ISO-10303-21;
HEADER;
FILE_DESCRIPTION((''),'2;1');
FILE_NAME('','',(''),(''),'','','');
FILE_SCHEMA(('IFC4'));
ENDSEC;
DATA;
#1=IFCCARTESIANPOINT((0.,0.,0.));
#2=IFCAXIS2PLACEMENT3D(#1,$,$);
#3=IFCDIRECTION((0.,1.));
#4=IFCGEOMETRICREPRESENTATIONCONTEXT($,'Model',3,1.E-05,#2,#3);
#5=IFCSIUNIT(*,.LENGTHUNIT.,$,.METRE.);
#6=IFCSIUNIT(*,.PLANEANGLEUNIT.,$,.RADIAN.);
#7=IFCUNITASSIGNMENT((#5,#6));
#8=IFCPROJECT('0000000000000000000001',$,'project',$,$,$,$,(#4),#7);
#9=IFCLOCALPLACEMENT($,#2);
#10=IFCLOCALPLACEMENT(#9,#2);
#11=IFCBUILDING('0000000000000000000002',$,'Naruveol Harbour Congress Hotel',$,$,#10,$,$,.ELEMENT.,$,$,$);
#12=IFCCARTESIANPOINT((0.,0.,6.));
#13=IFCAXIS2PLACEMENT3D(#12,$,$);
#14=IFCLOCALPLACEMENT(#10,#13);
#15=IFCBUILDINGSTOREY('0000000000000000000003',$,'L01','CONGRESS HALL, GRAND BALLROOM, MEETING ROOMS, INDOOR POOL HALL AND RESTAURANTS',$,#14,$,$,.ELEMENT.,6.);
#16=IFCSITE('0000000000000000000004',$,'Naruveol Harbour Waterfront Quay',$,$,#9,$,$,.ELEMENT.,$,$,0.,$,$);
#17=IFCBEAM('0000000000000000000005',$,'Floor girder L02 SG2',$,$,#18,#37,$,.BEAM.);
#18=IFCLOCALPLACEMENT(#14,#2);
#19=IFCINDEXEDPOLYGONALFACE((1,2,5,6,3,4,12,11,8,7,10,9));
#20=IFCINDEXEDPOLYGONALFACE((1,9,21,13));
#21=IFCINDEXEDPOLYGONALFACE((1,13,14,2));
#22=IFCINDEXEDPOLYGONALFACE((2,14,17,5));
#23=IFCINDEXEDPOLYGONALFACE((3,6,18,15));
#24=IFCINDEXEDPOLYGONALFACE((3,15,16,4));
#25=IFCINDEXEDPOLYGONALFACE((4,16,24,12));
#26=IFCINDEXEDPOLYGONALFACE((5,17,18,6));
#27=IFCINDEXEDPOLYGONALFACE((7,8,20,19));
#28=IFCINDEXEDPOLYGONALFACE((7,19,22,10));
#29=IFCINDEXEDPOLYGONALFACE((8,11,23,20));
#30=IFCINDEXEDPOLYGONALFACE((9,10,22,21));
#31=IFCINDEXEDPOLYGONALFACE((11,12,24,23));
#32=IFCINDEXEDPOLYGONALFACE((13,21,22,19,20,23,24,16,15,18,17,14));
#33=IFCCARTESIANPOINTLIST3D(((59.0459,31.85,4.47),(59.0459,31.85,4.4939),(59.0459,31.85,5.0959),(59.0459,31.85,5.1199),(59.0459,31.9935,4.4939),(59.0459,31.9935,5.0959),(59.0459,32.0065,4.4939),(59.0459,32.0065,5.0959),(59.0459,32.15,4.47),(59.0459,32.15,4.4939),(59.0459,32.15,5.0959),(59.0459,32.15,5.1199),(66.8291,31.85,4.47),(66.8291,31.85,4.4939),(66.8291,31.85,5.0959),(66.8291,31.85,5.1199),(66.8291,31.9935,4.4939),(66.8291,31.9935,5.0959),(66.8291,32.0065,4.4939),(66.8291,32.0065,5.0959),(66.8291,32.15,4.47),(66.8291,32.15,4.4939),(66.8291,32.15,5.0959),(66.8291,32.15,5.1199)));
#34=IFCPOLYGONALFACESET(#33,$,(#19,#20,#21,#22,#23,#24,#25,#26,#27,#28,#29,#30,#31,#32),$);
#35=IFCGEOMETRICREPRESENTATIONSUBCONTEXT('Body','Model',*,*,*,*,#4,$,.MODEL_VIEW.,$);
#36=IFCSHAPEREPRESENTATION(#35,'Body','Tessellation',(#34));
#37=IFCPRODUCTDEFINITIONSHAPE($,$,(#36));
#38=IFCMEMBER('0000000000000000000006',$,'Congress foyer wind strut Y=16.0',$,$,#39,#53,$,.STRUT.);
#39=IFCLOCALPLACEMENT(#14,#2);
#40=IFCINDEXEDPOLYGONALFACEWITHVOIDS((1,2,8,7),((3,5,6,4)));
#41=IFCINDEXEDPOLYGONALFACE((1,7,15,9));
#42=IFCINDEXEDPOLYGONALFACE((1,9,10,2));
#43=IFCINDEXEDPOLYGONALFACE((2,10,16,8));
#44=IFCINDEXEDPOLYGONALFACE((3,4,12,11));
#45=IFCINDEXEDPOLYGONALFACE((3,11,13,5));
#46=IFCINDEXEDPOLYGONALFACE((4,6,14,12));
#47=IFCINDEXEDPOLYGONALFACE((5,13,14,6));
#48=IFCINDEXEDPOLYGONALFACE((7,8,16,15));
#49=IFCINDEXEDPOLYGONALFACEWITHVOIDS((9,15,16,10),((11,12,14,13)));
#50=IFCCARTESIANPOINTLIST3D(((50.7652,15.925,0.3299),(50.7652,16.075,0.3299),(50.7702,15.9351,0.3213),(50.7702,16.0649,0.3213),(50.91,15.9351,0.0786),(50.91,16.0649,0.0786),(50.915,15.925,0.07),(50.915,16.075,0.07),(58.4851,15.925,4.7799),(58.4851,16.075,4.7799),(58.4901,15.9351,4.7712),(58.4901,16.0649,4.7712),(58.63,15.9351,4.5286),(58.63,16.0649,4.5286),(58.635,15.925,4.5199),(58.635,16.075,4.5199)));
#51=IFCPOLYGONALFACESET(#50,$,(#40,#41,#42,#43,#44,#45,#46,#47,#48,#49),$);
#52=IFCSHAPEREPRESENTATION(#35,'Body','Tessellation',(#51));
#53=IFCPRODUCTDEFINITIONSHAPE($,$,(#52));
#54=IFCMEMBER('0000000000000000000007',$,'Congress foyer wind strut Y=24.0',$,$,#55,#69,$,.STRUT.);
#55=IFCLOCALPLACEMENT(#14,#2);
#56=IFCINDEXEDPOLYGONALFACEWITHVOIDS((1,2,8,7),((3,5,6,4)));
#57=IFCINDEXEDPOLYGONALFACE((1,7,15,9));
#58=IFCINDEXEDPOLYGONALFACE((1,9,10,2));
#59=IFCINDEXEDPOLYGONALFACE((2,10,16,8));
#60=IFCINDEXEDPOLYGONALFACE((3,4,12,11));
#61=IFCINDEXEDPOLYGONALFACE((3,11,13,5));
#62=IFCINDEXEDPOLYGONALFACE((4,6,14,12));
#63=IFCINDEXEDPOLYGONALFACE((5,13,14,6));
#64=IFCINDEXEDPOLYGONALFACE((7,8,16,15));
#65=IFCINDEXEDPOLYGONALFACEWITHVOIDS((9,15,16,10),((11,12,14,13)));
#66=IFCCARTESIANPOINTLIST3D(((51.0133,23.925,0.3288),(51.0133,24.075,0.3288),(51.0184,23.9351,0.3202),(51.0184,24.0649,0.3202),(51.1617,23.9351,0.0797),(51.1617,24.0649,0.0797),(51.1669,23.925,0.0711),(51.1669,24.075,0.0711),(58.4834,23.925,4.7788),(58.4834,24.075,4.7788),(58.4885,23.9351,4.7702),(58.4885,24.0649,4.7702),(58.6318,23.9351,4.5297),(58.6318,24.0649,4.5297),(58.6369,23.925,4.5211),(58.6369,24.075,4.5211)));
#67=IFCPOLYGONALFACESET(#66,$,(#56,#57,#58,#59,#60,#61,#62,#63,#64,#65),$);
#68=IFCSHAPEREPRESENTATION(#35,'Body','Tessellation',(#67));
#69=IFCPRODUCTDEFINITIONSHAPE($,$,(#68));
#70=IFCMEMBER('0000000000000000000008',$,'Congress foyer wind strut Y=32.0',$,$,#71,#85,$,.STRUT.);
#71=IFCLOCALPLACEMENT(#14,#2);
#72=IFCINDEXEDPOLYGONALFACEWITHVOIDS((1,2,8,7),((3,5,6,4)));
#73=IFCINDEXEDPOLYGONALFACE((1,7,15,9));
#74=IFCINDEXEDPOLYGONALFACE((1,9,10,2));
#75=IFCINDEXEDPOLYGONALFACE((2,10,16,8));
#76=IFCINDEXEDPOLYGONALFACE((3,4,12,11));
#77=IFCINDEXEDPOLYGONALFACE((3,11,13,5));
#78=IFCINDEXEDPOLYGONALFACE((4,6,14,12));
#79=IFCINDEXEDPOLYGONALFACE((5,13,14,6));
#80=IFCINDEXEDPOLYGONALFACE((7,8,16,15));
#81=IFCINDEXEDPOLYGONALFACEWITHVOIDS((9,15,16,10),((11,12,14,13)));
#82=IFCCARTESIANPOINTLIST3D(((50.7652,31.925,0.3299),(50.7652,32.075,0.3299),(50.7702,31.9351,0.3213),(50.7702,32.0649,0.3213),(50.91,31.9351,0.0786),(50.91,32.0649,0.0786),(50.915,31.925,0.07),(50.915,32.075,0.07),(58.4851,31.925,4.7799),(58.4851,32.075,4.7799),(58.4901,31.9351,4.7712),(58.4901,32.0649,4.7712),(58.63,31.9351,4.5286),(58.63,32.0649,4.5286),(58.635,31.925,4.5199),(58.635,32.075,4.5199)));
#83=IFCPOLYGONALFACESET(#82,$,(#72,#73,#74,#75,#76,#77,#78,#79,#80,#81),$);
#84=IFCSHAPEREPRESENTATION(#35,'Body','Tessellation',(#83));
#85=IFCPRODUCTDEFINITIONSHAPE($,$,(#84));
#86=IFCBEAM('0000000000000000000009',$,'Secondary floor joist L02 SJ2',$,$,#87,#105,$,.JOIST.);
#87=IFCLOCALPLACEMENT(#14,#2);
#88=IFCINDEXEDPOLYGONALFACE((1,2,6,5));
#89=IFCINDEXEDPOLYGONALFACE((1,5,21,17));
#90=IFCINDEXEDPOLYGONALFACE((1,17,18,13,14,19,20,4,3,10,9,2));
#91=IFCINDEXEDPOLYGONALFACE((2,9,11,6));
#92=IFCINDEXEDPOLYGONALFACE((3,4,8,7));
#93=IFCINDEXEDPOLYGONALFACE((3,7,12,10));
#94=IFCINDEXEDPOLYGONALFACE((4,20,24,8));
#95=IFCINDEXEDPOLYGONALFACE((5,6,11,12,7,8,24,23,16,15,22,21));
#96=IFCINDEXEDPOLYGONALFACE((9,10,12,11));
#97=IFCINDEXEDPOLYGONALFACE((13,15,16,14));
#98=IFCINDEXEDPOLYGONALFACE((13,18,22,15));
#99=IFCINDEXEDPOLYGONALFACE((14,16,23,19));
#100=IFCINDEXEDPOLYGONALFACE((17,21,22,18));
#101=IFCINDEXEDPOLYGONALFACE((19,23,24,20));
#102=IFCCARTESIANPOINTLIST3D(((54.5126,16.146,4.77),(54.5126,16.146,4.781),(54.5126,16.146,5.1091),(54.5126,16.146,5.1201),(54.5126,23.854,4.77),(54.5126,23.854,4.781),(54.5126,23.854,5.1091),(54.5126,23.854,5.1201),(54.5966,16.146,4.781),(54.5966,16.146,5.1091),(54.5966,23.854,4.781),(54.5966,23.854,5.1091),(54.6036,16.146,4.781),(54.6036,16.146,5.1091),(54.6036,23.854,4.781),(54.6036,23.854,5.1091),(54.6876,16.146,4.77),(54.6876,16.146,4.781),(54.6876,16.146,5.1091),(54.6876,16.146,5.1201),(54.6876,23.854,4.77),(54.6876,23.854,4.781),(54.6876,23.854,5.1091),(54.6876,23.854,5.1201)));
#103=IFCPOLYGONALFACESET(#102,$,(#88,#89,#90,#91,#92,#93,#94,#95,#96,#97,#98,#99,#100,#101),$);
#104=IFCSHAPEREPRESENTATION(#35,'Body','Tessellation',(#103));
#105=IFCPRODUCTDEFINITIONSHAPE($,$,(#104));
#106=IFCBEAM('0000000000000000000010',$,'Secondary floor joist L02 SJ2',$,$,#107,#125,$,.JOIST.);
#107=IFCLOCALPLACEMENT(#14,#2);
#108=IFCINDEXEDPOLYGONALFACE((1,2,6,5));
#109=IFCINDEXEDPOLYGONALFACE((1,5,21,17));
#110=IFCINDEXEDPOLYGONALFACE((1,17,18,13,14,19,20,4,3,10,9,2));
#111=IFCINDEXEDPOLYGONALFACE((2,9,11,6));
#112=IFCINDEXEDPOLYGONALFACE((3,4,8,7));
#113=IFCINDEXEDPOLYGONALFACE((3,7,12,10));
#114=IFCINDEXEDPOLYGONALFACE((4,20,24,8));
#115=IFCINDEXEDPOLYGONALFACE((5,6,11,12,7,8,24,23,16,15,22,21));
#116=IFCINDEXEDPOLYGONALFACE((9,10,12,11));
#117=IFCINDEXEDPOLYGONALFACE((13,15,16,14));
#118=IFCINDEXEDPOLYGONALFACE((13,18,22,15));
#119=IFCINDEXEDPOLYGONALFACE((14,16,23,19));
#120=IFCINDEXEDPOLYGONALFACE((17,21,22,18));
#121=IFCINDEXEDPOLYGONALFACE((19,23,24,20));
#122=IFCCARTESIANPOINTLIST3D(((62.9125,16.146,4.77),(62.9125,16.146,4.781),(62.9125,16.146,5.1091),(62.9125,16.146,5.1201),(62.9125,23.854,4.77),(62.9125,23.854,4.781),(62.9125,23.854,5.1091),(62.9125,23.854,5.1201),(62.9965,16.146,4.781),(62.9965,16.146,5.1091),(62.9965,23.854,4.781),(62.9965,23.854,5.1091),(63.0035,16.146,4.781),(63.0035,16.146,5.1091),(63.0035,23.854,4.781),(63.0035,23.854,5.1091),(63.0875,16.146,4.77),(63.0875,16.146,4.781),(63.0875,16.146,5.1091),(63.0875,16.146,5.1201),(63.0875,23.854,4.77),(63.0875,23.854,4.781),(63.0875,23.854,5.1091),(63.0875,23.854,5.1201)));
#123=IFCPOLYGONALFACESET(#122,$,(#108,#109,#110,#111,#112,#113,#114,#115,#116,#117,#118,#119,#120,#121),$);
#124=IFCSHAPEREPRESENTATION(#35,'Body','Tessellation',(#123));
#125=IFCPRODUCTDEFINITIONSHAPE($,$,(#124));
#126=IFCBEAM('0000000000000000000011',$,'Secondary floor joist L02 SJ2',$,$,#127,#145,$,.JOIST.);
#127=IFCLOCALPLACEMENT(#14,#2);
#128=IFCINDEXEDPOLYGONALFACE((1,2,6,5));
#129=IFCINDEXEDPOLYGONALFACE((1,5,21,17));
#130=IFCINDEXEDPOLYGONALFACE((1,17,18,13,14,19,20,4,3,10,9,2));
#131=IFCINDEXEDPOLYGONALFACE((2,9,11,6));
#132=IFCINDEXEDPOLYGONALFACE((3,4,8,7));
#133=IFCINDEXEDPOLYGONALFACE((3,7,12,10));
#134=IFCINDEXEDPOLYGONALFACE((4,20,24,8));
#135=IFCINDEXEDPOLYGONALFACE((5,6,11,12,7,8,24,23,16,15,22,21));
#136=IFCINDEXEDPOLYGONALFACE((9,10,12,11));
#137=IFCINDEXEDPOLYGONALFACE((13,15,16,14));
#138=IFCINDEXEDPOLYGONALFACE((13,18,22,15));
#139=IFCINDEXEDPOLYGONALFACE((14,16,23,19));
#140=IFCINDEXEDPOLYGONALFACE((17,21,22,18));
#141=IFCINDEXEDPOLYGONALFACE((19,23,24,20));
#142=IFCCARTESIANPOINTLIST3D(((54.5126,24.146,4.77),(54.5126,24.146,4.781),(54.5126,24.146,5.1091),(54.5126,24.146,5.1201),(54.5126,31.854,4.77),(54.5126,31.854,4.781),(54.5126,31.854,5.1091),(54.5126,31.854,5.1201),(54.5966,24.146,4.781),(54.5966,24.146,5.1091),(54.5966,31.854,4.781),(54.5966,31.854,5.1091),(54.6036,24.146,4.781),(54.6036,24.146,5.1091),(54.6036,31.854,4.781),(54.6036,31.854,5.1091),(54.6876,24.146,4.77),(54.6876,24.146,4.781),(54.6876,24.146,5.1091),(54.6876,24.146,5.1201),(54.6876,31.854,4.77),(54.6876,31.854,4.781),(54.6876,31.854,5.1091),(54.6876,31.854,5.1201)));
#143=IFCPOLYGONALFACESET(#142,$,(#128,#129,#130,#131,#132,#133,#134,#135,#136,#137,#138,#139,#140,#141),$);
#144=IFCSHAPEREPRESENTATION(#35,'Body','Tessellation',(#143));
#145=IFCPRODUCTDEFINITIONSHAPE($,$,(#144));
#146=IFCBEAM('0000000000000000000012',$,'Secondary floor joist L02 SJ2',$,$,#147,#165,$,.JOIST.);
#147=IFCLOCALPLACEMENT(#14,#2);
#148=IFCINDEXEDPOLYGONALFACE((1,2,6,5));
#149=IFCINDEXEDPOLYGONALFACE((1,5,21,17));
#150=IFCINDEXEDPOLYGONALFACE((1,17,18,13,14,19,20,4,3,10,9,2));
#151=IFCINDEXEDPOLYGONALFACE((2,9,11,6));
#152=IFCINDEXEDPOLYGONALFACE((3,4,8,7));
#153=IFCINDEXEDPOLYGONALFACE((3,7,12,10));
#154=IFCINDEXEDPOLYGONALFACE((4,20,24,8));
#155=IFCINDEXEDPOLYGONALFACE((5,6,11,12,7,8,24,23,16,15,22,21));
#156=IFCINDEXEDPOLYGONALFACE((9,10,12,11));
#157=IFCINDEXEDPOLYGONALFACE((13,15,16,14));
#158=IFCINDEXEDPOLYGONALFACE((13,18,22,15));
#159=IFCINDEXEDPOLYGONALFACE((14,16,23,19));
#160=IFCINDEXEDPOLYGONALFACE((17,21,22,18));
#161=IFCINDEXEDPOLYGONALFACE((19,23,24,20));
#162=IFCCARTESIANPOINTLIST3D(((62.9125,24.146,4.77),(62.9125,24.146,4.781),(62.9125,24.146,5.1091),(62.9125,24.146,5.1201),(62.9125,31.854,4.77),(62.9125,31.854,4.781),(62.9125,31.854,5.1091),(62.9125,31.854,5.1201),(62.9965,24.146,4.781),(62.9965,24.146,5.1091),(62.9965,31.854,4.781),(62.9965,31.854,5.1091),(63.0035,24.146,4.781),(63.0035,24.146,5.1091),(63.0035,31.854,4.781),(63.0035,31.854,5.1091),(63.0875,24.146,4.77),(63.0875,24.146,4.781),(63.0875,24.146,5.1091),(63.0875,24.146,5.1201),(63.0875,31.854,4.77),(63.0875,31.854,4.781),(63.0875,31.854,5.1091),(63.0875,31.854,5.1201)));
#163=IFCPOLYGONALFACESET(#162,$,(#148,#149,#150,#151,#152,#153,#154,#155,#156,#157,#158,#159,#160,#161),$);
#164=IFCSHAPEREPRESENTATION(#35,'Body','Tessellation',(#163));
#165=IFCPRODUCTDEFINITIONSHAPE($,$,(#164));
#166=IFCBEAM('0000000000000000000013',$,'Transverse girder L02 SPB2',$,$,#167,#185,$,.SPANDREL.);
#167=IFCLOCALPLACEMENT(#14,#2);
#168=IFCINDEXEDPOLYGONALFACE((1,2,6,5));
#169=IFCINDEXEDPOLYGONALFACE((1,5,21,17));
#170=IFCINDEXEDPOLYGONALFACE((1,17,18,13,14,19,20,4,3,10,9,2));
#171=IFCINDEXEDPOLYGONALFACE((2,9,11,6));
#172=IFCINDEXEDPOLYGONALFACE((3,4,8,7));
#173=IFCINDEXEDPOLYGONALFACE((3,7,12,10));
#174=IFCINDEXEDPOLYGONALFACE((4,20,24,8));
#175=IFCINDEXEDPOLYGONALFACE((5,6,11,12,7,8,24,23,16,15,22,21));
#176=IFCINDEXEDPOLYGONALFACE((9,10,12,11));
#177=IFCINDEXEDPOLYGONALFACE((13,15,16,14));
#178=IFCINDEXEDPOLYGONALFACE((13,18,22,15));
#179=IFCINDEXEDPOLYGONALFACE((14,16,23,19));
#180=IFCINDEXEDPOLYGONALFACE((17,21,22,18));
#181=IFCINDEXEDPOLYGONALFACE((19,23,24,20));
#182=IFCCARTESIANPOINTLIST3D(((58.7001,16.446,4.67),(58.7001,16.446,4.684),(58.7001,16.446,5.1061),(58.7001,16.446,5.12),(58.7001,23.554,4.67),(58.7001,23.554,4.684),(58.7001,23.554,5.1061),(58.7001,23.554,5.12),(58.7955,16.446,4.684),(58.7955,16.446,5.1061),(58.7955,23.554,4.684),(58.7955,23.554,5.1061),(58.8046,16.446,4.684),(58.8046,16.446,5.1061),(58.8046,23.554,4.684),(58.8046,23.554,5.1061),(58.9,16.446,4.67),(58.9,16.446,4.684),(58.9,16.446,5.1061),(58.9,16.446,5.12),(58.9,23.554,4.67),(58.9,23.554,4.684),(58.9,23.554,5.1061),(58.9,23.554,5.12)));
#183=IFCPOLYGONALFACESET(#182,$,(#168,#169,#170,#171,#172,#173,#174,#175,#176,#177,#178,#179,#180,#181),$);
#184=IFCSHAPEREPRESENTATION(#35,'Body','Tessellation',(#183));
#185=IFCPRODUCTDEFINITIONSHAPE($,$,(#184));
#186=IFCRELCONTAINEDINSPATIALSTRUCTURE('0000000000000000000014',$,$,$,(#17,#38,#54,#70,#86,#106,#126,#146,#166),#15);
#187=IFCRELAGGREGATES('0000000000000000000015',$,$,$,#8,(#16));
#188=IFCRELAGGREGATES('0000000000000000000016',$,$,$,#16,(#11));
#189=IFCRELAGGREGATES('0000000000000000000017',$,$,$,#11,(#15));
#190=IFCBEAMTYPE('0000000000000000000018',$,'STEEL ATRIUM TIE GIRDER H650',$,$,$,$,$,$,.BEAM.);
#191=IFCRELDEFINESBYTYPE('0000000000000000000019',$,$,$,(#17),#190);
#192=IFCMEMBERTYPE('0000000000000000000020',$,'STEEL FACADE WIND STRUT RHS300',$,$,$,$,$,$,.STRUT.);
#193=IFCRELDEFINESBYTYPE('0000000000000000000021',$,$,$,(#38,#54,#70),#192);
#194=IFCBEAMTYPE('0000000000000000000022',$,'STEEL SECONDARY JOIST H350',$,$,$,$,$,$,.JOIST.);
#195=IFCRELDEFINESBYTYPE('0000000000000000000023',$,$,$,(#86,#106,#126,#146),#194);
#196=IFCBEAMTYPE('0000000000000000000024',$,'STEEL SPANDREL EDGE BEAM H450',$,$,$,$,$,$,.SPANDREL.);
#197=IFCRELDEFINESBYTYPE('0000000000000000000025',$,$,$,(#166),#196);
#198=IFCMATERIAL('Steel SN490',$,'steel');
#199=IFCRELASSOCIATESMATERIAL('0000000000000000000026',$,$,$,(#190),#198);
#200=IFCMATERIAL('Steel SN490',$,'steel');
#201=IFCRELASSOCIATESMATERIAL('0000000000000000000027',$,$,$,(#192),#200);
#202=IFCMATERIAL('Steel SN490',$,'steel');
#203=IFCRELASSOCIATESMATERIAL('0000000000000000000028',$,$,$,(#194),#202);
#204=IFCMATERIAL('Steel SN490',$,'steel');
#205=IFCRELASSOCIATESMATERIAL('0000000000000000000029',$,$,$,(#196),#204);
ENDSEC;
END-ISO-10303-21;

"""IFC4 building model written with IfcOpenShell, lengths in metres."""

from ifc_helpers import new_model, si_unit, direction, frame, origin, origin_2d, place, context, subcontext, project, spatial, hollow_rectangle, i_section, extrude, material, material_profile, profile_set, type_object, element, save


model = new_model("IFC4")

# Units and contexts
model_context = context("Model", 3, precision=1e-05, world=origin(), true_north=direction((0.0, 1.0)))
body_context = subcontext(model_context, "Body", "Model", "MODEL_VIEW")
ifc_project = project(units=[si_unit("LENGTHUNIT", "METRE"), si_unit("PLANEANGLEUNIT", "RADIAN")], contexts=[model_context])

# Site, building, storey
site_placement = place(None, origin())
site = spatial("IfcSite", under=ifc_project, at=site_placement, Name="Naruveol Harbour Waterfront Quay", CompositionType="ELEMENT", RefElevation=0.0)
building_placement = place(site_placement, origin())
building = spatial("IfcBuilding", under=site, at=building_placement, Name="Naruveol Harbour Congress Hotel", CompositionType="ELEMENT")
storey_placement = place(building_placement, frame((0.0, 0.0, 6.0)))
storey = spatial("IfcBuildingStorey", under=building, at=storey_placement, Name="L01", Description="CONGRESS HALL, GRAND BALLROOM, MEETING ROOMS, INDOOR POOL HALL AND RESTAURANTS", CompositionType="ELEMENT", Elevation=6.0)

# Beam
ifc_material_1 = material(Name="Steel SN490", Category="steel")
ifc_material_profile_1 = material_profile(ifc_material_1, i_section(OverallWidth=0.3, OverallDepth=0.6499, WebThickness=0.0129, FlangeThickness=0.0239, at=origin_2d()), Name="H-650x300x13x24")
ifc_profile_set_1 = profile_set([ifc_material_profile_1], Name="Steel SN490")
beam_type_1 = type_object("IfcBeamType", Name="STEEL ATRIUM TIE GIRDER H650", PredefinedType="BEAM", material=ifc_profile_set_1)
beam_1_placement = place(storey_placement, frame((59.0459, 32.0, 4.7949), z_axis=(1.0, 0.0, 0.0), x_axis=(0.0, 1.0, 0.0)))
element("IfcBeam", 1, at=beam_1_placement, inside=storey, type_object=beam_type_1, Name="Floor girder L02 SG2", PredefinedType="BEAM", context=body_context, shape_type="SweptSolid", body=[
    extrude(i_section(OverallWidth=0.3, OverallDepth=0.6499, WebThickness=0.0129, FlangeThickness=0.0239, at=origin_2d()), origin(), (0.0, 0.0, 1.0), 7.7832),
])

# Members
ifc_material_2 = material(Name="Steel SN490", Category="steel")
ifc_material_profile_2 = material_profile(ifc_material_2, hollow_rectangle(XDim=0.1499, YDim=0.3, WallThickness=0.01, at=origin_2d()), Name="RHS-300x150x10")
ifc_profile_set_2 = profile_set([ifc_material_profile_2], Name="Steel SN490")
member_type = type_object("IfcMemberType", Name="STEEL FACADE WIND STRUT RHS300", PredefinedType="STRUT", material=ifc_profile_set_2)
member_1_placement = place(storey_placement, frame((50.8401, 16.0, 0.2), z_axis=(0.866374, 0.0, 0.499396), x_axis=(0.0, 1.0, 0.0)))
element("IfcMember", 2, at=member_1_placement, inside=storey, type_object=member_type, Name="Congress foyer wind strut Y=16.0", PredefinedType="STRUT", context=body_context, shape_type="SweptSolid", body=[
    extrude(hollow_rectangle(XDim=0.1499, YDim=0.3, WallThickness=0.01, at=origin_2d()), origin(), (0.0, 0.0, 1.0), 8.9106),
])
member_2_placement = place(storey_placement, frame((51.0901, 24.0, 0.2), z_axis=(0.859114, 0.0, 0.511784), x_axis=(0.0, 1.0, 0.0)))
element("IfcMember", 3, at=member_2_placement, inside=storey, type_object=member_type, Name="Congress foyer wind strut Y=24.0", PredefinedType="STRUT", context=body_context, shape_type="SweptSolid", body=[
    extrude(hollow_rectangle(XDim=0.1499, YDim=0.3, WallThickness=0.01, at=origin_2d()), origin(), (0.0, 0.0, 1.0), 8.6951),
])
member_3_placement = place(storey_placement, frame((50.8401, 32.0, 0.2), z_axis=(0.866374, 0.0, 0.499396), x_axis=(0.0, 1.0, 0.0)))
element("IfcMember", 4, at=member_3_placement, inside=storey, type_object=member_type, Name="Congress foyer wind strut Y=32.0", PredefinedType="STRUT", context=body_context, shape_type="SweptSolid", body=[
    extrude(hollow_rectangle(XDim=0.1499, YDim=0.3, WallThickness=0.01, at=origin_2d()), origin(), (0.0, 0.0, 1.0), 8.9106),
])

# Beams
ifc_material_3 = material(Name="Steel SN490", Category="steel")
ifc_material_profile_3 = material_profile(ifc_material_3, i_section(OverallWidth=0.175, OverallDepth=0.3501, WebThickness=0.0071, FlangeThickness=0.011, at=origin_2d()), Name="H-350x175x7x11")
ifc_profile_set_3 = profile_set([ifc_material_profile_3], Name="Steel SN490")
beam_type_2 = type_object("IfcBeamType", Name="STEEL SECONDARY JOIST H350", PredefinedType="JOIST", material=ifc_profile_set_3)
for number, where, z_axis, x_axis, name in (
    (5, (54.6001, 16.146, 4.9451), (0.0, 1.0, 0.0), (-1.0, 0.0, 0.0), "Secondary floor joist L02 SJ2"),
    (6, (63.0, 16.146, 4.9451), (0.0, 1.0, 0.0), (-1.0, 0.0, 0.0), "Secondary floor joist L02 SJ2"),
    (7, (54.6001, 24.146, 4.9451), (0.0, 1.0, 0.0), (-1.0, 0.0, 0.0), "Secondary floor joist L02 SJ2"),
    (8, (63.0, 24.146, 4.9451), (0.0, 1.0, 0.0), (-1.0, 0.0, 0.0), "Secondary floor joist L02 SJ2"),
):
    element("IfcBeam", number, at=place(storey_placement, frame(where, z_axis=z_axis, x_axis=x_axis)), inside=storey, type_object=beam_type_2, Name=name, PredefinedType="JOIST", context=body_context, shape_type="SweptSolid", body=[
        extrude(i_section(OverallWidth=0.175, OverallDepth=0.3501, WebThickness=0.0071, FlangeThickness=0.011, at=origin_2d()), origin(), (0.0, 0.0, 1.0), 7.708),
    ])
ifc_material_4 = material(Name="Steel SN490", Category="steel")
ifc_material_profile_4 = material_profile(ifc_material_4, i_section(OverallWidth=0.2, OverallDepth=0.45, WebThickness=0.009, FlangeThickness=0.0139, at=origin_2d()), Name="H-450x200x9x14")
ifc_profile_set_4 = profile_set([ifc_material_profile_4], Name="Steel SN490")
beam_type_3 = type_object("IfcBeamType", Name="STEEL SPANDREL EDGE BEAM H450", PredefinedType="SPANDREL", material=ifc_profile_set_4)
for number, where, z_axis, x_axis, name in (
    (9, (58.8, 16.446, 4.895), (0.0, 1.0, 0.0), (-1.0, 0.0, 0.0), "Transverse girder L02 SPB2"),
):
    element("IfcBeam", number, at=place(storey_placement, frame(where, z_axis=z_axis, x_axis=x_axis)), inside=storey, type_object=beam_type_3, Name=name, PredefinedType="SPANDREL", context=body_context, shape_type="SweptSolid", body=[
        extrude(i_section(OverallWidth=0.2, OverallDepth=0.45, WebThickness=0.009, FlangeThickness=0.0139, at=origin_2d()), origin(), (0.0, 0.0, 1.0), 7.1079),
    ])

save(model, "model.ifc")
